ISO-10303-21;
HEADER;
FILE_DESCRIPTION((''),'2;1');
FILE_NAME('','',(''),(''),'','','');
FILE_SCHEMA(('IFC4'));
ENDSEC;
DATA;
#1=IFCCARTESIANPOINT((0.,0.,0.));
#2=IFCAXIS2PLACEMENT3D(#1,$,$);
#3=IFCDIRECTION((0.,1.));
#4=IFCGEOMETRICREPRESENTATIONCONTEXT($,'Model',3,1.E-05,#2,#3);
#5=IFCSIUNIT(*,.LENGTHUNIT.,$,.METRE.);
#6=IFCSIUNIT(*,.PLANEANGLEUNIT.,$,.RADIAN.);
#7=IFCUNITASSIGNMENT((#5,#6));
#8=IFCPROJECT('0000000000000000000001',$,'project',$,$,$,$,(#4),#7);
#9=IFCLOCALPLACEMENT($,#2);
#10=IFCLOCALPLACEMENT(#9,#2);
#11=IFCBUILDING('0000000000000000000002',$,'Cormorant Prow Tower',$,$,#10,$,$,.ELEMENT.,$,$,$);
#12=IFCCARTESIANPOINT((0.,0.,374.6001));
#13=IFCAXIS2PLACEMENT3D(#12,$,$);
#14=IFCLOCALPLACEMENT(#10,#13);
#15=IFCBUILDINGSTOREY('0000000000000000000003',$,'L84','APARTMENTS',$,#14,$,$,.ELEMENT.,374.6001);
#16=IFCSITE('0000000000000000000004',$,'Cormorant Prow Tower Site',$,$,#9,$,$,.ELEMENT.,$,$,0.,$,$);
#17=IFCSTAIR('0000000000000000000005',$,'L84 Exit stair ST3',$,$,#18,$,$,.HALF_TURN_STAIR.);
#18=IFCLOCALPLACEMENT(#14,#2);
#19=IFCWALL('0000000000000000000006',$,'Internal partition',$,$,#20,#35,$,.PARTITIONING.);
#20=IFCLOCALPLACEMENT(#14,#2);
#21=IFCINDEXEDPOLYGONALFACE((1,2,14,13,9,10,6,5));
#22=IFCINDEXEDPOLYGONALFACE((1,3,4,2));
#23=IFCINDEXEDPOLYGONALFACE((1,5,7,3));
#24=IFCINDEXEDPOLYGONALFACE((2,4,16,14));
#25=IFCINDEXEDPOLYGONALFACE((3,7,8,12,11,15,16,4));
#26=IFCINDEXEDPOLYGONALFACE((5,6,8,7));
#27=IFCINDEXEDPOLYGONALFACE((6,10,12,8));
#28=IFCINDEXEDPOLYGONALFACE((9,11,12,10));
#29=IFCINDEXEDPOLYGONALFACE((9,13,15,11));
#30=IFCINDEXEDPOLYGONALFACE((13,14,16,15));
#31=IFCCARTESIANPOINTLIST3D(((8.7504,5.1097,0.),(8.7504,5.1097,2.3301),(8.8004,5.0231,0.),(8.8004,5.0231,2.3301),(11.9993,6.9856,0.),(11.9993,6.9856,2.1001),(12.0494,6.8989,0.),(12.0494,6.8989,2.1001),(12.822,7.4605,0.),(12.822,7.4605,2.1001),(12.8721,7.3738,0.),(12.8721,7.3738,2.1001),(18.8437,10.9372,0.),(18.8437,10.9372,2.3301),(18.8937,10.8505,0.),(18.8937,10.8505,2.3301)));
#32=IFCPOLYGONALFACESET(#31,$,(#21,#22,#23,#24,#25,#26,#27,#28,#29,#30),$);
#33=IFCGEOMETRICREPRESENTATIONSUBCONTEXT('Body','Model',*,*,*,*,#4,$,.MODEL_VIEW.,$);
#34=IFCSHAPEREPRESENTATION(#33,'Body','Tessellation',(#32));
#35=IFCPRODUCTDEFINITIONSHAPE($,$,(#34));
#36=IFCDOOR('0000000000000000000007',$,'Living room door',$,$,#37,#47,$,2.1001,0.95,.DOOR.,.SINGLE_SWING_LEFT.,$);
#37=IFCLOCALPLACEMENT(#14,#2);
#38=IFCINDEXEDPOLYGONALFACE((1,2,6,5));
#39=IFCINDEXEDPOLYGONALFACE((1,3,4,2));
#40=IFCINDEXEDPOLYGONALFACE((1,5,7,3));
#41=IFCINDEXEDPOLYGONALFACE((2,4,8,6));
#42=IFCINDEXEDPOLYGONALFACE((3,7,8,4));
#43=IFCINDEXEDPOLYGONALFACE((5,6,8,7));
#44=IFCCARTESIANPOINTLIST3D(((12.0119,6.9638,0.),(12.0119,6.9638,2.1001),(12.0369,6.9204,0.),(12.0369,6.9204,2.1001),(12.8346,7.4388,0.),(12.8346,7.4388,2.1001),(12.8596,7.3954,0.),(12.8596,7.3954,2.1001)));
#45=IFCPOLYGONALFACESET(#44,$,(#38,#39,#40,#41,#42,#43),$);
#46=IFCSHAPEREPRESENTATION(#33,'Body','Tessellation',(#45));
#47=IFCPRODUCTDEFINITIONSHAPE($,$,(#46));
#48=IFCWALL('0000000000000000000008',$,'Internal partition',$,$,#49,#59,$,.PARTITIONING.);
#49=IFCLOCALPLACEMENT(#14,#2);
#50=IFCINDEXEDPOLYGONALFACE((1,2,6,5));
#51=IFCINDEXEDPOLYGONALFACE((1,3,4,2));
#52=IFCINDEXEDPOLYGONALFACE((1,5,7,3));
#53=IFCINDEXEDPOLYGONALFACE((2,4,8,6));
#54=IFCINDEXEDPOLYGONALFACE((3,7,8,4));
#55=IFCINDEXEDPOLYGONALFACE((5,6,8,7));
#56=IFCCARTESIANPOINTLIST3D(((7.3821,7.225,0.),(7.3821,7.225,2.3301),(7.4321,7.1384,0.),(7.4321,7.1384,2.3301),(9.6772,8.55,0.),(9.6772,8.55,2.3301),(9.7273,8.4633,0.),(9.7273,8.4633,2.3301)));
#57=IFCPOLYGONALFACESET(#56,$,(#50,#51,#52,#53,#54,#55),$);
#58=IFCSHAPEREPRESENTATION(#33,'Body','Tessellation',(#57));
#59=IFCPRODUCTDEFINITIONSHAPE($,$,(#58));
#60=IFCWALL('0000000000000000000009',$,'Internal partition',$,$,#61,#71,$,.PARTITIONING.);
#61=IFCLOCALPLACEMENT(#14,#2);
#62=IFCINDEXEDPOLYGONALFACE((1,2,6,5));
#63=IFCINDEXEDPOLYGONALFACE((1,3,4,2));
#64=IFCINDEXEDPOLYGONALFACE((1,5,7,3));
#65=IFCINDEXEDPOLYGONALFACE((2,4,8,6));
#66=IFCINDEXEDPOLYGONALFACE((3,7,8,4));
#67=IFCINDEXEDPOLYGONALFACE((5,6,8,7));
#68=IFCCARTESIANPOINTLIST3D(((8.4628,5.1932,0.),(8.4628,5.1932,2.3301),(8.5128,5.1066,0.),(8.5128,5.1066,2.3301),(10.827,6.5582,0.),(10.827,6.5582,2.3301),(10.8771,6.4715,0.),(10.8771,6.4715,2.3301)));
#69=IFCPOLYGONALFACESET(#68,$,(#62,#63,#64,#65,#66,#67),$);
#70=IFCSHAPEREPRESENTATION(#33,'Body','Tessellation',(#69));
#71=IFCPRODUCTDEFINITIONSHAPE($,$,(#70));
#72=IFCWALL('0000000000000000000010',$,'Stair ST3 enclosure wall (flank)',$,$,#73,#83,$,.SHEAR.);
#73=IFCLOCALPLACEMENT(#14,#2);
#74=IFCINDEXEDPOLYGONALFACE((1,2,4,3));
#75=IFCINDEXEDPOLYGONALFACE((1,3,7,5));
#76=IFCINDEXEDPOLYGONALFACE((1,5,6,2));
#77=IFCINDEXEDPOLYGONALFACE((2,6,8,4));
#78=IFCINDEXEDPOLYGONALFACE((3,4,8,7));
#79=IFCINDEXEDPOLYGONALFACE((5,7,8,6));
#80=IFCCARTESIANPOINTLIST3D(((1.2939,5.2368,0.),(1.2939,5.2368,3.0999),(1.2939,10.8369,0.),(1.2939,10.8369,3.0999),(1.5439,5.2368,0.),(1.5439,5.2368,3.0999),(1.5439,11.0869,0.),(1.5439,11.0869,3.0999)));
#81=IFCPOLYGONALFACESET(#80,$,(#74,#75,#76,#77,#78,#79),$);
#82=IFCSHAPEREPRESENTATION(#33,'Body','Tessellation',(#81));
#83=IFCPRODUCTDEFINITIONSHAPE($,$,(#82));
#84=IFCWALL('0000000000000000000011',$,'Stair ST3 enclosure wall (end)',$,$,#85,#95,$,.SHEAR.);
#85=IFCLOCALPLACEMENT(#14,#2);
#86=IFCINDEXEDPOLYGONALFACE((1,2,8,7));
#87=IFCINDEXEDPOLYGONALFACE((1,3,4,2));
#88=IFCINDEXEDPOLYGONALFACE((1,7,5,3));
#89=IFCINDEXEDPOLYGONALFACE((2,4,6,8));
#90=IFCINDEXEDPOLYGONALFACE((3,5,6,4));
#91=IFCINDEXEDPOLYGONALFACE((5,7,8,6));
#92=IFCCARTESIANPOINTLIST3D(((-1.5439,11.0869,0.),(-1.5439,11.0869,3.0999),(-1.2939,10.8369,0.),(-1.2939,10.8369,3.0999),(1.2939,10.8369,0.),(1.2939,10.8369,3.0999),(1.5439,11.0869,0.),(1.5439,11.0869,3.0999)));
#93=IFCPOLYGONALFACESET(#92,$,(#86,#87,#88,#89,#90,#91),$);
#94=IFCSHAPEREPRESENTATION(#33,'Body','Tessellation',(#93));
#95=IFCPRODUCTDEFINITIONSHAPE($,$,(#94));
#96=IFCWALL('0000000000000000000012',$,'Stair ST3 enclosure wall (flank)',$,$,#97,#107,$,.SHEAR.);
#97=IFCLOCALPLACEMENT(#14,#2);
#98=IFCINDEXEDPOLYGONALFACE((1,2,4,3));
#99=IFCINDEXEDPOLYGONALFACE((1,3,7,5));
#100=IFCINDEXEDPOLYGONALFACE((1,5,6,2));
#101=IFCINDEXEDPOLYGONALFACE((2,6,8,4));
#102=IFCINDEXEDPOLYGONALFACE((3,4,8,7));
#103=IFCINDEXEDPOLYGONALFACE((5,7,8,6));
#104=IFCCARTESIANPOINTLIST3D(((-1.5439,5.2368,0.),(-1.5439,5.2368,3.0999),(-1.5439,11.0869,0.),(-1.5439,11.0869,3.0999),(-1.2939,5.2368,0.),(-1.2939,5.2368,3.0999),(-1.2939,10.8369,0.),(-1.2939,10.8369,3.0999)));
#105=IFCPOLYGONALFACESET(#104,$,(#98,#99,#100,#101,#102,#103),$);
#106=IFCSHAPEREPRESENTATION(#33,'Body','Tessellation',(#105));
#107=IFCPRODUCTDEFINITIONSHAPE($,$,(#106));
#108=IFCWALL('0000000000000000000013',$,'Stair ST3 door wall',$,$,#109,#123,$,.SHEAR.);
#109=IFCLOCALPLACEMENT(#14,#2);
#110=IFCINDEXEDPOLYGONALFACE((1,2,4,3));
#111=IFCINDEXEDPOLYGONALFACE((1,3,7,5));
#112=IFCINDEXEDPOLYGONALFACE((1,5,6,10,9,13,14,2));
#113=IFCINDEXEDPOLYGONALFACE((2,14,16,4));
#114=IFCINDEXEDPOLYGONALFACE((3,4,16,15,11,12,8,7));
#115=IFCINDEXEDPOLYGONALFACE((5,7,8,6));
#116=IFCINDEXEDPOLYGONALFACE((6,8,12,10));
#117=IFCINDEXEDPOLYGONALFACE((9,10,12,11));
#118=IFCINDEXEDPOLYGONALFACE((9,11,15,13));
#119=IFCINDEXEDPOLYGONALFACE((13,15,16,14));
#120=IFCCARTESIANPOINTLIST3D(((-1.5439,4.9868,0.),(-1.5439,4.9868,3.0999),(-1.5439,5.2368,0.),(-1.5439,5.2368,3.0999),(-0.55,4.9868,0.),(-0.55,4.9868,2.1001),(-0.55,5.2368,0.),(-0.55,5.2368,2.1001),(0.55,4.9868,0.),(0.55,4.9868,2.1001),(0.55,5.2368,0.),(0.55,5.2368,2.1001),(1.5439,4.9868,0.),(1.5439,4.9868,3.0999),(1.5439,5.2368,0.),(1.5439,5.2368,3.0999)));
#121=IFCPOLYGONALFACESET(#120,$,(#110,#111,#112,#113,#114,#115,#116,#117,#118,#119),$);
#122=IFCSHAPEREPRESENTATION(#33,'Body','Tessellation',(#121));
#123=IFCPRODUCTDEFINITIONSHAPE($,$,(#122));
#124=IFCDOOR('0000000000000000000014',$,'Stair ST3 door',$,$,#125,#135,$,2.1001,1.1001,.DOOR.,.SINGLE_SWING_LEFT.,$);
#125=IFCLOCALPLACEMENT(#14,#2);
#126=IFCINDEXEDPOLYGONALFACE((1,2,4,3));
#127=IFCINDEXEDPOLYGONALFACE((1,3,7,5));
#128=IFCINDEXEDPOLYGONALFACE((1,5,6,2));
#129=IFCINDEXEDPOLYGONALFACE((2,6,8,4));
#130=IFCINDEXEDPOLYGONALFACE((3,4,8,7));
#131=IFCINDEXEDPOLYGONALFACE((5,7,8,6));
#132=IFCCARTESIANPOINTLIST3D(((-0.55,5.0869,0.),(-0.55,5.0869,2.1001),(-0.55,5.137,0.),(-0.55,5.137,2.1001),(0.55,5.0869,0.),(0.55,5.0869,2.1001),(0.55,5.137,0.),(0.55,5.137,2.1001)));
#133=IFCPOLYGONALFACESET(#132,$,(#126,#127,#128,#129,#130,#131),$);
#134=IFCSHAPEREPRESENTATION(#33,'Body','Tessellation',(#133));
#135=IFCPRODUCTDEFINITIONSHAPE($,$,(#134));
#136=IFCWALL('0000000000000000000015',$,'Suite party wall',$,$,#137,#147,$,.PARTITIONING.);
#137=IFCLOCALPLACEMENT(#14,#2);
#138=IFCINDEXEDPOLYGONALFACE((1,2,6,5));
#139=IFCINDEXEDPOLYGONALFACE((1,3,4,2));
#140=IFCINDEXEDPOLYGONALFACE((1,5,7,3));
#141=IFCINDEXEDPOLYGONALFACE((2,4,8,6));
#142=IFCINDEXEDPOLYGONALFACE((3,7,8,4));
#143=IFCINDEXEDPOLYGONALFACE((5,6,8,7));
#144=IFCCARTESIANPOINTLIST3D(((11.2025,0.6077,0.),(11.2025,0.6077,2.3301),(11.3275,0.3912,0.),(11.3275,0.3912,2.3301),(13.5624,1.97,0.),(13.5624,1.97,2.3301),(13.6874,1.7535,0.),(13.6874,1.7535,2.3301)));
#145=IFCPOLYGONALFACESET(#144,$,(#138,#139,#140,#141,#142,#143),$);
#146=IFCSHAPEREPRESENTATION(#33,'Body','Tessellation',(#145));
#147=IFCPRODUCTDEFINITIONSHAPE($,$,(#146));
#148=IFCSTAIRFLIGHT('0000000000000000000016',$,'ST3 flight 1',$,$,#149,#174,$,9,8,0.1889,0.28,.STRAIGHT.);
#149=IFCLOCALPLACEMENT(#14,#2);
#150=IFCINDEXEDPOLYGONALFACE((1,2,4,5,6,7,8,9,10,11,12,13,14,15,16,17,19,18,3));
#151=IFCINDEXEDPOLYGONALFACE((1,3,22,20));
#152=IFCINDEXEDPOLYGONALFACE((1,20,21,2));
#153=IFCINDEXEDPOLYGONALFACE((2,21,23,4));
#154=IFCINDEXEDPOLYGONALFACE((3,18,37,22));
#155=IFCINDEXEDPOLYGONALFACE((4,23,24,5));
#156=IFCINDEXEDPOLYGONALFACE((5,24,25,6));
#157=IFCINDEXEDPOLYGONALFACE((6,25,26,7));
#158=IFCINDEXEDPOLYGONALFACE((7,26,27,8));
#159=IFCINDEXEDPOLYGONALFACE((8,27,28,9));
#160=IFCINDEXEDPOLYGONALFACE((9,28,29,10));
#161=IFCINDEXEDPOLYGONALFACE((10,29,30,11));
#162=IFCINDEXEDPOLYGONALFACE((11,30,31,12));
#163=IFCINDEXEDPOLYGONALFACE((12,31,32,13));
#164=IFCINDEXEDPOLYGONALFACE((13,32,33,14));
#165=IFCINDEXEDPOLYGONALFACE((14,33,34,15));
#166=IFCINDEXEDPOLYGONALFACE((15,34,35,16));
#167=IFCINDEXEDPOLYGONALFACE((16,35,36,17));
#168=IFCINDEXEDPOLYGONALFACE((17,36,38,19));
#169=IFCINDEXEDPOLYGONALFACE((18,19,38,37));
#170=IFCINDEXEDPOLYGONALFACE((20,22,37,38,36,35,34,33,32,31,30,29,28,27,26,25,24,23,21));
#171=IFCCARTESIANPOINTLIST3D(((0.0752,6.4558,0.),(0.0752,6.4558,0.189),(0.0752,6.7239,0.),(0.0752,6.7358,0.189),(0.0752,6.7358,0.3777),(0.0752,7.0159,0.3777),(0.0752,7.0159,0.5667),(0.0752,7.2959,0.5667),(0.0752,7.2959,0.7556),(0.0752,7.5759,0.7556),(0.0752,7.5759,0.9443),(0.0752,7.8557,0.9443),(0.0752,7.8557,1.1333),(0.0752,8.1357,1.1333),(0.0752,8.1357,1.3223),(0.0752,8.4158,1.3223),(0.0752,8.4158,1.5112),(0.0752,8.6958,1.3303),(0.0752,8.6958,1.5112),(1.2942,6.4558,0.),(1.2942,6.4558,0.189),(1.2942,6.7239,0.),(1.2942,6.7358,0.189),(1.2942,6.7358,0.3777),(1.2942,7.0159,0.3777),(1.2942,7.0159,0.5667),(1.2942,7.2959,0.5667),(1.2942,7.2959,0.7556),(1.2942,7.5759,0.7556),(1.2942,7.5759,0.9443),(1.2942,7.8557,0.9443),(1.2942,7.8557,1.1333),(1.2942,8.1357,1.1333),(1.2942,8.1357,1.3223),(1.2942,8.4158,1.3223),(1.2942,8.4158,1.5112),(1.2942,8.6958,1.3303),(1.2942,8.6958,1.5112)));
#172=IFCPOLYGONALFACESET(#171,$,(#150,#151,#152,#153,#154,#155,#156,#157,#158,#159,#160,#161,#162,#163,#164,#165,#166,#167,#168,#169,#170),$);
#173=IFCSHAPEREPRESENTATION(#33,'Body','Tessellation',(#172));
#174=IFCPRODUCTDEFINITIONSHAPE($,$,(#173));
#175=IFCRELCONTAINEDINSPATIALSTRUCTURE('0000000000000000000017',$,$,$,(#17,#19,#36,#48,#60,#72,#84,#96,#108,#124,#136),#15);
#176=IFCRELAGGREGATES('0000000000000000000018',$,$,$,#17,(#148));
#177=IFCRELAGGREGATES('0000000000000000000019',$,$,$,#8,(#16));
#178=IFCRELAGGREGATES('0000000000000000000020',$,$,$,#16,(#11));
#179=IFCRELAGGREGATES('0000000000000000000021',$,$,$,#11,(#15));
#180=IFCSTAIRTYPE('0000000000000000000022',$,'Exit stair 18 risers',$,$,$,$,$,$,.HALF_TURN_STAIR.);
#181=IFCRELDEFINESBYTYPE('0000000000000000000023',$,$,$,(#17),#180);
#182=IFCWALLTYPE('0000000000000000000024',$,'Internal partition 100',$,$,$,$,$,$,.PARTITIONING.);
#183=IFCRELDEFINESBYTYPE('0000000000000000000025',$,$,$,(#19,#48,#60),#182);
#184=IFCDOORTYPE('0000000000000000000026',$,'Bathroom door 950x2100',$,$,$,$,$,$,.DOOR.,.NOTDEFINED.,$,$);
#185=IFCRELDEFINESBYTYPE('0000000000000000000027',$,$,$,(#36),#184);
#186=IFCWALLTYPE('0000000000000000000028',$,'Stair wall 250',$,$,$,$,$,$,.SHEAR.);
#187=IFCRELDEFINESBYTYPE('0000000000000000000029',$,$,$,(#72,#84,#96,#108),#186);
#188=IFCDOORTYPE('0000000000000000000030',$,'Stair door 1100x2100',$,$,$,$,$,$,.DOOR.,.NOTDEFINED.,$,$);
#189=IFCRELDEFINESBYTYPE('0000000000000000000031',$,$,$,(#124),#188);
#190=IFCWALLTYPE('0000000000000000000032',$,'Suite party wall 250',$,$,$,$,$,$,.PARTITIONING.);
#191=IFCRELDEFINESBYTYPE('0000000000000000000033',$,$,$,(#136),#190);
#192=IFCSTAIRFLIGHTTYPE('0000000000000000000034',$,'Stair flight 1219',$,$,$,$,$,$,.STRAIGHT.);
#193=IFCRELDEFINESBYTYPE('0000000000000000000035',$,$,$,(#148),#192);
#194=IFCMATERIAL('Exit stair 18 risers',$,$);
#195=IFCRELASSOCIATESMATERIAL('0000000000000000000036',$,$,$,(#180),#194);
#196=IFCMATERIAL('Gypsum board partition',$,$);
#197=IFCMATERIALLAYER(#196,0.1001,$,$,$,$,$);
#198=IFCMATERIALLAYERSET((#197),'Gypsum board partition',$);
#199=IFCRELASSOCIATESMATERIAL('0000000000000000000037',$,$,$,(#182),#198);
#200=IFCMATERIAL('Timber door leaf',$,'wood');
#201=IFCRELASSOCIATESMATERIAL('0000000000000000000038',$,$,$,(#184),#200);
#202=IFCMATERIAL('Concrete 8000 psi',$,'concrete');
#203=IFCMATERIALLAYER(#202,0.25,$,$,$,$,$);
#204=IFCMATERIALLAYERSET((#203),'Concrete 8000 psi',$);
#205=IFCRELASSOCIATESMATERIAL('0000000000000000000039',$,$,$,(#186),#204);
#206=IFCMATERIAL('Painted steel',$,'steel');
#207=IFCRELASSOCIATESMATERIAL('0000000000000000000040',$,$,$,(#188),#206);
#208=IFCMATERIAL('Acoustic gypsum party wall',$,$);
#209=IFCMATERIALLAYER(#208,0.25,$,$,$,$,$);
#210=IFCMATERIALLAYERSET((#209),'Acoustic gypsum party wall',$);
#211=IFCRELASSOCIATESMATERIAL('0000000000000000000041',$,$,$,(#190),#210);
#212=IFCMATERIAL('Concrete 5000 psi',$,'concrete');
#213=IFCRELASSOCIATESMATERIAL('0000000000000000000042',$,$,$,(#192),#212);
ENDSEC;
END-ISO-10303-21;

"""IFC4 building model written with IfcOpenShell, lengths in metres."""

from ifc_helpers import new_model, si_unit, direction, frame, frame_2d, origin, place, context, subcontext, project, spatial, polyline, rectangle, outline, extrude, material, layer, layer_set, type_object, element, fill, aggregate, save


model = new_model("IFC4")

# Units and contexts
model_context = context("Model", 3, precision=1e-05, world=origin(), true_north=direction((0.0, 1.0)))
body_context = subcontext(model_context, "Body", "Model", "MODEL_VIEW")
ifc_project = project(units=[si_unit("LENGTHUNIT", "METRE"), si_unit("PLANEANGLEUNIT", "RADIAN")], contexts=[model_context])

# Site, building, storey
site_placement = place(None, origin())
site = spatial("IfcSite", under=ifc_project, at=site_placement, Name="Cormorant Prow Tower Site", CompositionType="ELEMENT", RefElevation=0.0)
building_placement = place(site_placement, origin())
building = spatial("IfcBuilding", under=site, at=building_placement, Name="Cormorant Prow Tower", CompositionType="ELEMENT")
storey_placement = place(building_placement, frame((0.0, 0.0, 374.6001)))
storey = spatial("IfcBuildingStorey", under=building, at=storey_placement, Name="L84", Description="APARTMENTS", CompositionType="ELEMENT", Elevation=374.6001)

# Stair
ifc_material_1 = material(Name="Exit stair 18 risers")
stair_type = type_object("IfcStairType", Name="Exit stair 18 risers", PredefinedType="HALF_TURN_STAIR", material=ifc_material_1)
stair_1_placement = place(storey_placement, origin())
stair_1 = element("IfcStair", 1, at=stair_1_placement, inside=storey, type_object=stair_type, Name="L84 Exit stair ST3", PredefinedType="HALF_TURN_STAIR")

# Wall, opening, door
ifc_material_2 = material(Name="Gypsum board partition")
ifc_layer_1 = layer(ifc_material_2, 0.1001)
ifc_layer_set_1 = layer_set([ifc_layer_1], Name="Gypsum board partition")
wall_type_1 = type_object("IfcWallType", Name="Internal partition 100", PredefinedType="PARTITIONING", material=ifc_layer_set_1)
wall_1_placement = place(storey_placement, frame((8.7754, 5.0664, 0.0), z_axis=(0.0, 0.0, 1.0), x_axis=(0.866024, 0.500003, 0.0)))
wall_1 = element("IfcWall", 2, at=wall_1_placement, inside=storey, type_object=wall_type_1, Name="Internal partition", PredefinedType="PARTITIONING", context=body_context, shape_type="SweptSolid", body=[
    extrude(rectangle(XDim=11.6548, YDim=0.1001, at=frame_2d((5.8274, 0.0))), origin(), (0.0, 0.0, 1.0), 2.3301),
])
opening_1_placement = place(wall_1_placement, frame((3.7515, 0.0, 0.0)))
opening_1 = element("IfcOpeningElement", 3, at=opening_1_placement, cuts=wall_1, PredefinedType="OPENING", context=body_context, shape_type="SweptSolid", body=[
    extrude(rectangle(XDim=0.95, YDim=2.1001, at=frame_2d((0.4751, 1.05))), frame((0.0, 0.0601, 0.0), z_axis=(0.0, -1.0, 0.0), x_axis=(1.0, 0.0, 0.0)), (0.0, 0.0, 1.0), 0.1201),
])
ifc_material_3 = material(Name="Timber door leaf", Category="wood")
door_type_1 = type_object("IfcDoorType", Name="Bathroom door 950x2100", OperationType="NOTDEFINED", PredefinedType="DOOR", material=ifc_material_3)
door_1_placement = place(opening_1_placement, origin())
door_1 = element("IfcDoor", 4, at=door_1_placement, inside=storey, type_object=door_type_1, Name="Living room door", OperationType="SINGLE_SWING_LEFT", OverallHeight=2.1001, OverallWidth=0.95, PredefinedType="DOOR", context=body_context, shape_type="SweptSolid", body=[
    extrude(rectangle(XDim=0.95, YDim=2.1001, at=frame_2d((0.4751, 1.05))), frame((0.0, 0.0249, 0.0), z_axis=(0.0, -1.0, 0.0), x_axis=(1.0, 0.0, 0.0)), (0.0, 0.0, 1.0), 0.05),
])
fill(opening_1, door_1)

# Walls
wall_2_placement = place(storey_placement, frame((7.407, 7.1816, 0.0), z_axis=(0.0, 0.0, 1.0), x_axis=(0.866052, 0.499954, 0.0)))
element("IfcWall", 5, at=wall_2_placement, inside=storey, type_object=wall_type_1, Name="Internal partition", PredefinedType="PARTITIONING", context=body_context, shape_type="SweptSolid", body=[
    extrude(rectangle(XDim=2.6501, YDim=0.1001, at=frame_2d((1.3252, 0.0))), origin(), (0.0, 0.0, 1.0), 2.3301),
])
wall_3_placement = place(storey_placement, frame((8.4878, 5.1499, 0.0), z_axis=(0.0, 0.0, 1.0), x_axis=(0.866028, 0.499996, 0.0)))
element("IfcWall", 6, at=wall_3_placement, inside=storey, type_object=wall_type_1, Name="Internal partition", PredefinedType="PARTITIONING", context=body_context, shape_type="SweptSolid", body=[
    extrude(rectangle(XDim=2.73, YDim=0.1001, at=frame_2d((1.365, 0.0))), origin(), (0.0, 0.0, 1.0), 2.3301),
])
ifc_material_4 = material(Name="Concrete 8000 psi", Category="concrete")
ifc_layer_2 = layer(ifc_material_4, 0.25)
ifc_layer_set_2 = layer_set([ifc_layer_2], Name="Concrete 8000 psi")
wall_type_2 = type_object("IfcWallType", Name="Stair wall 250", PredefinedType="SHEAR", material=ifc_layer_set_2)
wall_4_placement = place(storey_placement, origin())
element("IfcWall", 7, at=wall_4_placement, inside=storey, type_object=wall_type_2, Name="Stair ST3 enclosure wall (flank)", PredefinedType="SHEAR", context=body_context, shape_type="SweptSolid", body=[
    extrude(outline(polyline([(1.5439, 5.2368), (1.5439, 11.0869), (1.2939, 10.8369), (1.2939, 5.2368), (1.5439, 5.2368)])), origin(), (0.0, 0.0, 1.0), 3.0999),
])
wall_5_placement = place(storey_placement, origin())
element("IfcWall", 8, at=wall_5_placement, inside=storey, type_object=wall_type_2, Name="Stair ST3 enclosure wall (end)", PredefinedType="SHEAR", context=body_context, shape_type="SweptSolid", body=[
    extrude(outline(polyline([(1.5439, 11.0869), (-1.5439, 11.0869), (-1.2939, 10.8369), (1.2939, 10.8369), (1.5439, 11.0869)])), origin(), (0.0, 0.0, 1.0), 3.0999),
])
wall_6_placement = place(storey_placement, origin())
element("IfcWall", 9, at=wall_6_placement, inside=storey, type_object=wall_type_2, Name="Stair ST3 enclosure wall (flank)", PredefinedType="SHEAR", context=body_context, shape_type="SweptSolid", body=[
    extrude(outline(polyline([(-1.2939, 10.8369), (-1.5439, 11.0869), (-1.5439, 5.2368), (-1.2939, 5.2368), (-1.2939, 10.8369)])), origin(), (0.0, 0.0, 1.0), 3.0999),
])

# Wall, opening, door
wall_7_placement = place(storey_placement, frame((1.5439, 5.1118, 0.0), z_axis=(0.0, 0.0, 1.0), x_axis=(-1.0, 0.0, 0.0)))
wall_7 = element("IfcWall", 10, at=wall_7_placement, inside=storey, type_object=wall_type_2, Name="Stair ST3 door wall", PredefinedType="SHEAR", context=body_context, shape_type="SweptSolid", body=[
    extrude(rectangle(XDim=3.0879, YDim=0.25, at=frame_2d((1.5439, 0.0))), origin(), (0.0, 0.0, 1.0), 3.0999),
])
opening_2_placement = place(wall_7_placement, frame((0.9939, 0.0, 0.0)))
opening_2 = element("IfcOpeningElement", 11, at=opening_2_placement, cuts=wall_7, PredefinedType="OPENING", context=body_context, shape_type="SweptSolid", body=[
    extrude(rectangle(XDim=1.1001, YDim=2.1001, at=frame_2d((0.55, 1.05))), frame((0.0, 0.135, 0.0), z_axis=(0.0, -1.0, 0.0), x_axis=(1.0, 0.0, 0.0)), (0.0, 0.0, 1.0), 0.27),
])
ifc_material_5 = material(Name="Painted steel", Category="steel")
door_type_2 = type_object("IfcDoorType", Name="Stair door 1100x2100", OperationType="NOTDEFINED", PredefinedType="DOOR", material=ifc_material_5)
door_2_placement = place(opening_2_placement, origin())
door_2 = element("IfcDoor", 12, at=door_2_placement, inside=storey, type_object=door_type_2, Name="Stair ST3 door", OperationType="SINGLE_SWING_LEFT", OverallHeight=2.1001, OverallWidth=1.1001, PredefinedType="DOOR", context=body_context, shape_type="SweptSolid", body=[
    extrude(rectangle(XDim=1.1001, YDim=2.1001, at=frame_2d((0.55, 1.05))), frame((0.0, 0.0249, 0.0), z_axis=(0.0, -1.0, 0.0), x_axis=(1.0, 0.0, 0.0)), (0.0, 0.0, 1.0), 0.05),
])
fill(opening_2, door_2)

# Wall
ifc_material_6 = material(Name="Acoustic gypsum party wall")
ifc_layer_3 = layer(ifc_material_6, 0.25)
ifc_layer_set_3 = layer_set([ifc_layer_3], Name="Acoustic gypsum party wall")
wall_type_3 = type_object("IfcWallType", Name="Suite party wall 250", PredefinedType="PARTITIONING", material=ifc_layer_set_3)
wall_8_placement = place(storey_placement, frame((11.2651, 0.4995, 0.0), z_axis=(0.0, 0.0, 1.0), x_axis=(0.866051, 0.499955, 0.0)))
element("IfcWall", 13, at=wall_8_placement, inside=storey, type_object=wall_type_3, Name="Suite party wall", PredefinedType="PARTITIONING", context=body_context, shape_type="SweptSolid", body=[
    extrude(rectangle(XDim=2.7249, YDim=0.25, at=frame_2d((1.3623, 0.0))), origin(), (0.0, 0.0, 1.0), 2.3301),
])

# Stair flight
ifc_material_7 = material(Name="Concrete 5000 psi", Category="concrete")
stair_flight_type = type_object("IfcStairFlightType", Name="Stair flight 1219", PredefinedType="STRAIGHT", material=ifc_material_7)
stair_flight_placement = place(storey_placement, frame((0.6846, 6.4558, 0.0), z_axis=(0.0, 0.0, 1.0), x_axis=(0.0, 1.0, 0.0)))
stair_flight = element("IfcStairFlight", 14, at=stair_flight_placement, type_object=stair_flight_type, Name="ST3 flight 1", NumberOfRisers=9, NumberOfTreads=8, PredefinedType="STRAIGHT", RiserHeight=0.1889, TreadLength=0.28, context=body_context, shape_type="SweptSolid", body=[
    extrude(outline(polyline([(0.0, 0.0), (0.0, 0.189), (0.28, 0.189), (0.28, 0.3777), (0.5601, 0.3777), (0.5601, 0.5667), (0.8401, 0.5667), (0.8401, 0.7556), (1.1201, 0.7556), (1.1201, 0.9443), (1.3999, 0.9443), (1.3999, 1.1333), (1.6799, 1.1333), (1.6799, 1.3223), (1.96, 1.3223), (1.96, 1.5112), (2.24, 1.5112), (2.24, 1.7), (2.24, 1.3303), (0.2681, 0.0), (0.0, 0.0)])), frame((0.0, 0.6094, 0.0), z_axis=(0.0, -1.0, 0.0), x_axis=(1.0, 0.0, 0.0)), (0.0, 0.0, 1.0), 1.219),
])
aggregate(stair_1, [stair_flight])

save(model, "model.ifc")
